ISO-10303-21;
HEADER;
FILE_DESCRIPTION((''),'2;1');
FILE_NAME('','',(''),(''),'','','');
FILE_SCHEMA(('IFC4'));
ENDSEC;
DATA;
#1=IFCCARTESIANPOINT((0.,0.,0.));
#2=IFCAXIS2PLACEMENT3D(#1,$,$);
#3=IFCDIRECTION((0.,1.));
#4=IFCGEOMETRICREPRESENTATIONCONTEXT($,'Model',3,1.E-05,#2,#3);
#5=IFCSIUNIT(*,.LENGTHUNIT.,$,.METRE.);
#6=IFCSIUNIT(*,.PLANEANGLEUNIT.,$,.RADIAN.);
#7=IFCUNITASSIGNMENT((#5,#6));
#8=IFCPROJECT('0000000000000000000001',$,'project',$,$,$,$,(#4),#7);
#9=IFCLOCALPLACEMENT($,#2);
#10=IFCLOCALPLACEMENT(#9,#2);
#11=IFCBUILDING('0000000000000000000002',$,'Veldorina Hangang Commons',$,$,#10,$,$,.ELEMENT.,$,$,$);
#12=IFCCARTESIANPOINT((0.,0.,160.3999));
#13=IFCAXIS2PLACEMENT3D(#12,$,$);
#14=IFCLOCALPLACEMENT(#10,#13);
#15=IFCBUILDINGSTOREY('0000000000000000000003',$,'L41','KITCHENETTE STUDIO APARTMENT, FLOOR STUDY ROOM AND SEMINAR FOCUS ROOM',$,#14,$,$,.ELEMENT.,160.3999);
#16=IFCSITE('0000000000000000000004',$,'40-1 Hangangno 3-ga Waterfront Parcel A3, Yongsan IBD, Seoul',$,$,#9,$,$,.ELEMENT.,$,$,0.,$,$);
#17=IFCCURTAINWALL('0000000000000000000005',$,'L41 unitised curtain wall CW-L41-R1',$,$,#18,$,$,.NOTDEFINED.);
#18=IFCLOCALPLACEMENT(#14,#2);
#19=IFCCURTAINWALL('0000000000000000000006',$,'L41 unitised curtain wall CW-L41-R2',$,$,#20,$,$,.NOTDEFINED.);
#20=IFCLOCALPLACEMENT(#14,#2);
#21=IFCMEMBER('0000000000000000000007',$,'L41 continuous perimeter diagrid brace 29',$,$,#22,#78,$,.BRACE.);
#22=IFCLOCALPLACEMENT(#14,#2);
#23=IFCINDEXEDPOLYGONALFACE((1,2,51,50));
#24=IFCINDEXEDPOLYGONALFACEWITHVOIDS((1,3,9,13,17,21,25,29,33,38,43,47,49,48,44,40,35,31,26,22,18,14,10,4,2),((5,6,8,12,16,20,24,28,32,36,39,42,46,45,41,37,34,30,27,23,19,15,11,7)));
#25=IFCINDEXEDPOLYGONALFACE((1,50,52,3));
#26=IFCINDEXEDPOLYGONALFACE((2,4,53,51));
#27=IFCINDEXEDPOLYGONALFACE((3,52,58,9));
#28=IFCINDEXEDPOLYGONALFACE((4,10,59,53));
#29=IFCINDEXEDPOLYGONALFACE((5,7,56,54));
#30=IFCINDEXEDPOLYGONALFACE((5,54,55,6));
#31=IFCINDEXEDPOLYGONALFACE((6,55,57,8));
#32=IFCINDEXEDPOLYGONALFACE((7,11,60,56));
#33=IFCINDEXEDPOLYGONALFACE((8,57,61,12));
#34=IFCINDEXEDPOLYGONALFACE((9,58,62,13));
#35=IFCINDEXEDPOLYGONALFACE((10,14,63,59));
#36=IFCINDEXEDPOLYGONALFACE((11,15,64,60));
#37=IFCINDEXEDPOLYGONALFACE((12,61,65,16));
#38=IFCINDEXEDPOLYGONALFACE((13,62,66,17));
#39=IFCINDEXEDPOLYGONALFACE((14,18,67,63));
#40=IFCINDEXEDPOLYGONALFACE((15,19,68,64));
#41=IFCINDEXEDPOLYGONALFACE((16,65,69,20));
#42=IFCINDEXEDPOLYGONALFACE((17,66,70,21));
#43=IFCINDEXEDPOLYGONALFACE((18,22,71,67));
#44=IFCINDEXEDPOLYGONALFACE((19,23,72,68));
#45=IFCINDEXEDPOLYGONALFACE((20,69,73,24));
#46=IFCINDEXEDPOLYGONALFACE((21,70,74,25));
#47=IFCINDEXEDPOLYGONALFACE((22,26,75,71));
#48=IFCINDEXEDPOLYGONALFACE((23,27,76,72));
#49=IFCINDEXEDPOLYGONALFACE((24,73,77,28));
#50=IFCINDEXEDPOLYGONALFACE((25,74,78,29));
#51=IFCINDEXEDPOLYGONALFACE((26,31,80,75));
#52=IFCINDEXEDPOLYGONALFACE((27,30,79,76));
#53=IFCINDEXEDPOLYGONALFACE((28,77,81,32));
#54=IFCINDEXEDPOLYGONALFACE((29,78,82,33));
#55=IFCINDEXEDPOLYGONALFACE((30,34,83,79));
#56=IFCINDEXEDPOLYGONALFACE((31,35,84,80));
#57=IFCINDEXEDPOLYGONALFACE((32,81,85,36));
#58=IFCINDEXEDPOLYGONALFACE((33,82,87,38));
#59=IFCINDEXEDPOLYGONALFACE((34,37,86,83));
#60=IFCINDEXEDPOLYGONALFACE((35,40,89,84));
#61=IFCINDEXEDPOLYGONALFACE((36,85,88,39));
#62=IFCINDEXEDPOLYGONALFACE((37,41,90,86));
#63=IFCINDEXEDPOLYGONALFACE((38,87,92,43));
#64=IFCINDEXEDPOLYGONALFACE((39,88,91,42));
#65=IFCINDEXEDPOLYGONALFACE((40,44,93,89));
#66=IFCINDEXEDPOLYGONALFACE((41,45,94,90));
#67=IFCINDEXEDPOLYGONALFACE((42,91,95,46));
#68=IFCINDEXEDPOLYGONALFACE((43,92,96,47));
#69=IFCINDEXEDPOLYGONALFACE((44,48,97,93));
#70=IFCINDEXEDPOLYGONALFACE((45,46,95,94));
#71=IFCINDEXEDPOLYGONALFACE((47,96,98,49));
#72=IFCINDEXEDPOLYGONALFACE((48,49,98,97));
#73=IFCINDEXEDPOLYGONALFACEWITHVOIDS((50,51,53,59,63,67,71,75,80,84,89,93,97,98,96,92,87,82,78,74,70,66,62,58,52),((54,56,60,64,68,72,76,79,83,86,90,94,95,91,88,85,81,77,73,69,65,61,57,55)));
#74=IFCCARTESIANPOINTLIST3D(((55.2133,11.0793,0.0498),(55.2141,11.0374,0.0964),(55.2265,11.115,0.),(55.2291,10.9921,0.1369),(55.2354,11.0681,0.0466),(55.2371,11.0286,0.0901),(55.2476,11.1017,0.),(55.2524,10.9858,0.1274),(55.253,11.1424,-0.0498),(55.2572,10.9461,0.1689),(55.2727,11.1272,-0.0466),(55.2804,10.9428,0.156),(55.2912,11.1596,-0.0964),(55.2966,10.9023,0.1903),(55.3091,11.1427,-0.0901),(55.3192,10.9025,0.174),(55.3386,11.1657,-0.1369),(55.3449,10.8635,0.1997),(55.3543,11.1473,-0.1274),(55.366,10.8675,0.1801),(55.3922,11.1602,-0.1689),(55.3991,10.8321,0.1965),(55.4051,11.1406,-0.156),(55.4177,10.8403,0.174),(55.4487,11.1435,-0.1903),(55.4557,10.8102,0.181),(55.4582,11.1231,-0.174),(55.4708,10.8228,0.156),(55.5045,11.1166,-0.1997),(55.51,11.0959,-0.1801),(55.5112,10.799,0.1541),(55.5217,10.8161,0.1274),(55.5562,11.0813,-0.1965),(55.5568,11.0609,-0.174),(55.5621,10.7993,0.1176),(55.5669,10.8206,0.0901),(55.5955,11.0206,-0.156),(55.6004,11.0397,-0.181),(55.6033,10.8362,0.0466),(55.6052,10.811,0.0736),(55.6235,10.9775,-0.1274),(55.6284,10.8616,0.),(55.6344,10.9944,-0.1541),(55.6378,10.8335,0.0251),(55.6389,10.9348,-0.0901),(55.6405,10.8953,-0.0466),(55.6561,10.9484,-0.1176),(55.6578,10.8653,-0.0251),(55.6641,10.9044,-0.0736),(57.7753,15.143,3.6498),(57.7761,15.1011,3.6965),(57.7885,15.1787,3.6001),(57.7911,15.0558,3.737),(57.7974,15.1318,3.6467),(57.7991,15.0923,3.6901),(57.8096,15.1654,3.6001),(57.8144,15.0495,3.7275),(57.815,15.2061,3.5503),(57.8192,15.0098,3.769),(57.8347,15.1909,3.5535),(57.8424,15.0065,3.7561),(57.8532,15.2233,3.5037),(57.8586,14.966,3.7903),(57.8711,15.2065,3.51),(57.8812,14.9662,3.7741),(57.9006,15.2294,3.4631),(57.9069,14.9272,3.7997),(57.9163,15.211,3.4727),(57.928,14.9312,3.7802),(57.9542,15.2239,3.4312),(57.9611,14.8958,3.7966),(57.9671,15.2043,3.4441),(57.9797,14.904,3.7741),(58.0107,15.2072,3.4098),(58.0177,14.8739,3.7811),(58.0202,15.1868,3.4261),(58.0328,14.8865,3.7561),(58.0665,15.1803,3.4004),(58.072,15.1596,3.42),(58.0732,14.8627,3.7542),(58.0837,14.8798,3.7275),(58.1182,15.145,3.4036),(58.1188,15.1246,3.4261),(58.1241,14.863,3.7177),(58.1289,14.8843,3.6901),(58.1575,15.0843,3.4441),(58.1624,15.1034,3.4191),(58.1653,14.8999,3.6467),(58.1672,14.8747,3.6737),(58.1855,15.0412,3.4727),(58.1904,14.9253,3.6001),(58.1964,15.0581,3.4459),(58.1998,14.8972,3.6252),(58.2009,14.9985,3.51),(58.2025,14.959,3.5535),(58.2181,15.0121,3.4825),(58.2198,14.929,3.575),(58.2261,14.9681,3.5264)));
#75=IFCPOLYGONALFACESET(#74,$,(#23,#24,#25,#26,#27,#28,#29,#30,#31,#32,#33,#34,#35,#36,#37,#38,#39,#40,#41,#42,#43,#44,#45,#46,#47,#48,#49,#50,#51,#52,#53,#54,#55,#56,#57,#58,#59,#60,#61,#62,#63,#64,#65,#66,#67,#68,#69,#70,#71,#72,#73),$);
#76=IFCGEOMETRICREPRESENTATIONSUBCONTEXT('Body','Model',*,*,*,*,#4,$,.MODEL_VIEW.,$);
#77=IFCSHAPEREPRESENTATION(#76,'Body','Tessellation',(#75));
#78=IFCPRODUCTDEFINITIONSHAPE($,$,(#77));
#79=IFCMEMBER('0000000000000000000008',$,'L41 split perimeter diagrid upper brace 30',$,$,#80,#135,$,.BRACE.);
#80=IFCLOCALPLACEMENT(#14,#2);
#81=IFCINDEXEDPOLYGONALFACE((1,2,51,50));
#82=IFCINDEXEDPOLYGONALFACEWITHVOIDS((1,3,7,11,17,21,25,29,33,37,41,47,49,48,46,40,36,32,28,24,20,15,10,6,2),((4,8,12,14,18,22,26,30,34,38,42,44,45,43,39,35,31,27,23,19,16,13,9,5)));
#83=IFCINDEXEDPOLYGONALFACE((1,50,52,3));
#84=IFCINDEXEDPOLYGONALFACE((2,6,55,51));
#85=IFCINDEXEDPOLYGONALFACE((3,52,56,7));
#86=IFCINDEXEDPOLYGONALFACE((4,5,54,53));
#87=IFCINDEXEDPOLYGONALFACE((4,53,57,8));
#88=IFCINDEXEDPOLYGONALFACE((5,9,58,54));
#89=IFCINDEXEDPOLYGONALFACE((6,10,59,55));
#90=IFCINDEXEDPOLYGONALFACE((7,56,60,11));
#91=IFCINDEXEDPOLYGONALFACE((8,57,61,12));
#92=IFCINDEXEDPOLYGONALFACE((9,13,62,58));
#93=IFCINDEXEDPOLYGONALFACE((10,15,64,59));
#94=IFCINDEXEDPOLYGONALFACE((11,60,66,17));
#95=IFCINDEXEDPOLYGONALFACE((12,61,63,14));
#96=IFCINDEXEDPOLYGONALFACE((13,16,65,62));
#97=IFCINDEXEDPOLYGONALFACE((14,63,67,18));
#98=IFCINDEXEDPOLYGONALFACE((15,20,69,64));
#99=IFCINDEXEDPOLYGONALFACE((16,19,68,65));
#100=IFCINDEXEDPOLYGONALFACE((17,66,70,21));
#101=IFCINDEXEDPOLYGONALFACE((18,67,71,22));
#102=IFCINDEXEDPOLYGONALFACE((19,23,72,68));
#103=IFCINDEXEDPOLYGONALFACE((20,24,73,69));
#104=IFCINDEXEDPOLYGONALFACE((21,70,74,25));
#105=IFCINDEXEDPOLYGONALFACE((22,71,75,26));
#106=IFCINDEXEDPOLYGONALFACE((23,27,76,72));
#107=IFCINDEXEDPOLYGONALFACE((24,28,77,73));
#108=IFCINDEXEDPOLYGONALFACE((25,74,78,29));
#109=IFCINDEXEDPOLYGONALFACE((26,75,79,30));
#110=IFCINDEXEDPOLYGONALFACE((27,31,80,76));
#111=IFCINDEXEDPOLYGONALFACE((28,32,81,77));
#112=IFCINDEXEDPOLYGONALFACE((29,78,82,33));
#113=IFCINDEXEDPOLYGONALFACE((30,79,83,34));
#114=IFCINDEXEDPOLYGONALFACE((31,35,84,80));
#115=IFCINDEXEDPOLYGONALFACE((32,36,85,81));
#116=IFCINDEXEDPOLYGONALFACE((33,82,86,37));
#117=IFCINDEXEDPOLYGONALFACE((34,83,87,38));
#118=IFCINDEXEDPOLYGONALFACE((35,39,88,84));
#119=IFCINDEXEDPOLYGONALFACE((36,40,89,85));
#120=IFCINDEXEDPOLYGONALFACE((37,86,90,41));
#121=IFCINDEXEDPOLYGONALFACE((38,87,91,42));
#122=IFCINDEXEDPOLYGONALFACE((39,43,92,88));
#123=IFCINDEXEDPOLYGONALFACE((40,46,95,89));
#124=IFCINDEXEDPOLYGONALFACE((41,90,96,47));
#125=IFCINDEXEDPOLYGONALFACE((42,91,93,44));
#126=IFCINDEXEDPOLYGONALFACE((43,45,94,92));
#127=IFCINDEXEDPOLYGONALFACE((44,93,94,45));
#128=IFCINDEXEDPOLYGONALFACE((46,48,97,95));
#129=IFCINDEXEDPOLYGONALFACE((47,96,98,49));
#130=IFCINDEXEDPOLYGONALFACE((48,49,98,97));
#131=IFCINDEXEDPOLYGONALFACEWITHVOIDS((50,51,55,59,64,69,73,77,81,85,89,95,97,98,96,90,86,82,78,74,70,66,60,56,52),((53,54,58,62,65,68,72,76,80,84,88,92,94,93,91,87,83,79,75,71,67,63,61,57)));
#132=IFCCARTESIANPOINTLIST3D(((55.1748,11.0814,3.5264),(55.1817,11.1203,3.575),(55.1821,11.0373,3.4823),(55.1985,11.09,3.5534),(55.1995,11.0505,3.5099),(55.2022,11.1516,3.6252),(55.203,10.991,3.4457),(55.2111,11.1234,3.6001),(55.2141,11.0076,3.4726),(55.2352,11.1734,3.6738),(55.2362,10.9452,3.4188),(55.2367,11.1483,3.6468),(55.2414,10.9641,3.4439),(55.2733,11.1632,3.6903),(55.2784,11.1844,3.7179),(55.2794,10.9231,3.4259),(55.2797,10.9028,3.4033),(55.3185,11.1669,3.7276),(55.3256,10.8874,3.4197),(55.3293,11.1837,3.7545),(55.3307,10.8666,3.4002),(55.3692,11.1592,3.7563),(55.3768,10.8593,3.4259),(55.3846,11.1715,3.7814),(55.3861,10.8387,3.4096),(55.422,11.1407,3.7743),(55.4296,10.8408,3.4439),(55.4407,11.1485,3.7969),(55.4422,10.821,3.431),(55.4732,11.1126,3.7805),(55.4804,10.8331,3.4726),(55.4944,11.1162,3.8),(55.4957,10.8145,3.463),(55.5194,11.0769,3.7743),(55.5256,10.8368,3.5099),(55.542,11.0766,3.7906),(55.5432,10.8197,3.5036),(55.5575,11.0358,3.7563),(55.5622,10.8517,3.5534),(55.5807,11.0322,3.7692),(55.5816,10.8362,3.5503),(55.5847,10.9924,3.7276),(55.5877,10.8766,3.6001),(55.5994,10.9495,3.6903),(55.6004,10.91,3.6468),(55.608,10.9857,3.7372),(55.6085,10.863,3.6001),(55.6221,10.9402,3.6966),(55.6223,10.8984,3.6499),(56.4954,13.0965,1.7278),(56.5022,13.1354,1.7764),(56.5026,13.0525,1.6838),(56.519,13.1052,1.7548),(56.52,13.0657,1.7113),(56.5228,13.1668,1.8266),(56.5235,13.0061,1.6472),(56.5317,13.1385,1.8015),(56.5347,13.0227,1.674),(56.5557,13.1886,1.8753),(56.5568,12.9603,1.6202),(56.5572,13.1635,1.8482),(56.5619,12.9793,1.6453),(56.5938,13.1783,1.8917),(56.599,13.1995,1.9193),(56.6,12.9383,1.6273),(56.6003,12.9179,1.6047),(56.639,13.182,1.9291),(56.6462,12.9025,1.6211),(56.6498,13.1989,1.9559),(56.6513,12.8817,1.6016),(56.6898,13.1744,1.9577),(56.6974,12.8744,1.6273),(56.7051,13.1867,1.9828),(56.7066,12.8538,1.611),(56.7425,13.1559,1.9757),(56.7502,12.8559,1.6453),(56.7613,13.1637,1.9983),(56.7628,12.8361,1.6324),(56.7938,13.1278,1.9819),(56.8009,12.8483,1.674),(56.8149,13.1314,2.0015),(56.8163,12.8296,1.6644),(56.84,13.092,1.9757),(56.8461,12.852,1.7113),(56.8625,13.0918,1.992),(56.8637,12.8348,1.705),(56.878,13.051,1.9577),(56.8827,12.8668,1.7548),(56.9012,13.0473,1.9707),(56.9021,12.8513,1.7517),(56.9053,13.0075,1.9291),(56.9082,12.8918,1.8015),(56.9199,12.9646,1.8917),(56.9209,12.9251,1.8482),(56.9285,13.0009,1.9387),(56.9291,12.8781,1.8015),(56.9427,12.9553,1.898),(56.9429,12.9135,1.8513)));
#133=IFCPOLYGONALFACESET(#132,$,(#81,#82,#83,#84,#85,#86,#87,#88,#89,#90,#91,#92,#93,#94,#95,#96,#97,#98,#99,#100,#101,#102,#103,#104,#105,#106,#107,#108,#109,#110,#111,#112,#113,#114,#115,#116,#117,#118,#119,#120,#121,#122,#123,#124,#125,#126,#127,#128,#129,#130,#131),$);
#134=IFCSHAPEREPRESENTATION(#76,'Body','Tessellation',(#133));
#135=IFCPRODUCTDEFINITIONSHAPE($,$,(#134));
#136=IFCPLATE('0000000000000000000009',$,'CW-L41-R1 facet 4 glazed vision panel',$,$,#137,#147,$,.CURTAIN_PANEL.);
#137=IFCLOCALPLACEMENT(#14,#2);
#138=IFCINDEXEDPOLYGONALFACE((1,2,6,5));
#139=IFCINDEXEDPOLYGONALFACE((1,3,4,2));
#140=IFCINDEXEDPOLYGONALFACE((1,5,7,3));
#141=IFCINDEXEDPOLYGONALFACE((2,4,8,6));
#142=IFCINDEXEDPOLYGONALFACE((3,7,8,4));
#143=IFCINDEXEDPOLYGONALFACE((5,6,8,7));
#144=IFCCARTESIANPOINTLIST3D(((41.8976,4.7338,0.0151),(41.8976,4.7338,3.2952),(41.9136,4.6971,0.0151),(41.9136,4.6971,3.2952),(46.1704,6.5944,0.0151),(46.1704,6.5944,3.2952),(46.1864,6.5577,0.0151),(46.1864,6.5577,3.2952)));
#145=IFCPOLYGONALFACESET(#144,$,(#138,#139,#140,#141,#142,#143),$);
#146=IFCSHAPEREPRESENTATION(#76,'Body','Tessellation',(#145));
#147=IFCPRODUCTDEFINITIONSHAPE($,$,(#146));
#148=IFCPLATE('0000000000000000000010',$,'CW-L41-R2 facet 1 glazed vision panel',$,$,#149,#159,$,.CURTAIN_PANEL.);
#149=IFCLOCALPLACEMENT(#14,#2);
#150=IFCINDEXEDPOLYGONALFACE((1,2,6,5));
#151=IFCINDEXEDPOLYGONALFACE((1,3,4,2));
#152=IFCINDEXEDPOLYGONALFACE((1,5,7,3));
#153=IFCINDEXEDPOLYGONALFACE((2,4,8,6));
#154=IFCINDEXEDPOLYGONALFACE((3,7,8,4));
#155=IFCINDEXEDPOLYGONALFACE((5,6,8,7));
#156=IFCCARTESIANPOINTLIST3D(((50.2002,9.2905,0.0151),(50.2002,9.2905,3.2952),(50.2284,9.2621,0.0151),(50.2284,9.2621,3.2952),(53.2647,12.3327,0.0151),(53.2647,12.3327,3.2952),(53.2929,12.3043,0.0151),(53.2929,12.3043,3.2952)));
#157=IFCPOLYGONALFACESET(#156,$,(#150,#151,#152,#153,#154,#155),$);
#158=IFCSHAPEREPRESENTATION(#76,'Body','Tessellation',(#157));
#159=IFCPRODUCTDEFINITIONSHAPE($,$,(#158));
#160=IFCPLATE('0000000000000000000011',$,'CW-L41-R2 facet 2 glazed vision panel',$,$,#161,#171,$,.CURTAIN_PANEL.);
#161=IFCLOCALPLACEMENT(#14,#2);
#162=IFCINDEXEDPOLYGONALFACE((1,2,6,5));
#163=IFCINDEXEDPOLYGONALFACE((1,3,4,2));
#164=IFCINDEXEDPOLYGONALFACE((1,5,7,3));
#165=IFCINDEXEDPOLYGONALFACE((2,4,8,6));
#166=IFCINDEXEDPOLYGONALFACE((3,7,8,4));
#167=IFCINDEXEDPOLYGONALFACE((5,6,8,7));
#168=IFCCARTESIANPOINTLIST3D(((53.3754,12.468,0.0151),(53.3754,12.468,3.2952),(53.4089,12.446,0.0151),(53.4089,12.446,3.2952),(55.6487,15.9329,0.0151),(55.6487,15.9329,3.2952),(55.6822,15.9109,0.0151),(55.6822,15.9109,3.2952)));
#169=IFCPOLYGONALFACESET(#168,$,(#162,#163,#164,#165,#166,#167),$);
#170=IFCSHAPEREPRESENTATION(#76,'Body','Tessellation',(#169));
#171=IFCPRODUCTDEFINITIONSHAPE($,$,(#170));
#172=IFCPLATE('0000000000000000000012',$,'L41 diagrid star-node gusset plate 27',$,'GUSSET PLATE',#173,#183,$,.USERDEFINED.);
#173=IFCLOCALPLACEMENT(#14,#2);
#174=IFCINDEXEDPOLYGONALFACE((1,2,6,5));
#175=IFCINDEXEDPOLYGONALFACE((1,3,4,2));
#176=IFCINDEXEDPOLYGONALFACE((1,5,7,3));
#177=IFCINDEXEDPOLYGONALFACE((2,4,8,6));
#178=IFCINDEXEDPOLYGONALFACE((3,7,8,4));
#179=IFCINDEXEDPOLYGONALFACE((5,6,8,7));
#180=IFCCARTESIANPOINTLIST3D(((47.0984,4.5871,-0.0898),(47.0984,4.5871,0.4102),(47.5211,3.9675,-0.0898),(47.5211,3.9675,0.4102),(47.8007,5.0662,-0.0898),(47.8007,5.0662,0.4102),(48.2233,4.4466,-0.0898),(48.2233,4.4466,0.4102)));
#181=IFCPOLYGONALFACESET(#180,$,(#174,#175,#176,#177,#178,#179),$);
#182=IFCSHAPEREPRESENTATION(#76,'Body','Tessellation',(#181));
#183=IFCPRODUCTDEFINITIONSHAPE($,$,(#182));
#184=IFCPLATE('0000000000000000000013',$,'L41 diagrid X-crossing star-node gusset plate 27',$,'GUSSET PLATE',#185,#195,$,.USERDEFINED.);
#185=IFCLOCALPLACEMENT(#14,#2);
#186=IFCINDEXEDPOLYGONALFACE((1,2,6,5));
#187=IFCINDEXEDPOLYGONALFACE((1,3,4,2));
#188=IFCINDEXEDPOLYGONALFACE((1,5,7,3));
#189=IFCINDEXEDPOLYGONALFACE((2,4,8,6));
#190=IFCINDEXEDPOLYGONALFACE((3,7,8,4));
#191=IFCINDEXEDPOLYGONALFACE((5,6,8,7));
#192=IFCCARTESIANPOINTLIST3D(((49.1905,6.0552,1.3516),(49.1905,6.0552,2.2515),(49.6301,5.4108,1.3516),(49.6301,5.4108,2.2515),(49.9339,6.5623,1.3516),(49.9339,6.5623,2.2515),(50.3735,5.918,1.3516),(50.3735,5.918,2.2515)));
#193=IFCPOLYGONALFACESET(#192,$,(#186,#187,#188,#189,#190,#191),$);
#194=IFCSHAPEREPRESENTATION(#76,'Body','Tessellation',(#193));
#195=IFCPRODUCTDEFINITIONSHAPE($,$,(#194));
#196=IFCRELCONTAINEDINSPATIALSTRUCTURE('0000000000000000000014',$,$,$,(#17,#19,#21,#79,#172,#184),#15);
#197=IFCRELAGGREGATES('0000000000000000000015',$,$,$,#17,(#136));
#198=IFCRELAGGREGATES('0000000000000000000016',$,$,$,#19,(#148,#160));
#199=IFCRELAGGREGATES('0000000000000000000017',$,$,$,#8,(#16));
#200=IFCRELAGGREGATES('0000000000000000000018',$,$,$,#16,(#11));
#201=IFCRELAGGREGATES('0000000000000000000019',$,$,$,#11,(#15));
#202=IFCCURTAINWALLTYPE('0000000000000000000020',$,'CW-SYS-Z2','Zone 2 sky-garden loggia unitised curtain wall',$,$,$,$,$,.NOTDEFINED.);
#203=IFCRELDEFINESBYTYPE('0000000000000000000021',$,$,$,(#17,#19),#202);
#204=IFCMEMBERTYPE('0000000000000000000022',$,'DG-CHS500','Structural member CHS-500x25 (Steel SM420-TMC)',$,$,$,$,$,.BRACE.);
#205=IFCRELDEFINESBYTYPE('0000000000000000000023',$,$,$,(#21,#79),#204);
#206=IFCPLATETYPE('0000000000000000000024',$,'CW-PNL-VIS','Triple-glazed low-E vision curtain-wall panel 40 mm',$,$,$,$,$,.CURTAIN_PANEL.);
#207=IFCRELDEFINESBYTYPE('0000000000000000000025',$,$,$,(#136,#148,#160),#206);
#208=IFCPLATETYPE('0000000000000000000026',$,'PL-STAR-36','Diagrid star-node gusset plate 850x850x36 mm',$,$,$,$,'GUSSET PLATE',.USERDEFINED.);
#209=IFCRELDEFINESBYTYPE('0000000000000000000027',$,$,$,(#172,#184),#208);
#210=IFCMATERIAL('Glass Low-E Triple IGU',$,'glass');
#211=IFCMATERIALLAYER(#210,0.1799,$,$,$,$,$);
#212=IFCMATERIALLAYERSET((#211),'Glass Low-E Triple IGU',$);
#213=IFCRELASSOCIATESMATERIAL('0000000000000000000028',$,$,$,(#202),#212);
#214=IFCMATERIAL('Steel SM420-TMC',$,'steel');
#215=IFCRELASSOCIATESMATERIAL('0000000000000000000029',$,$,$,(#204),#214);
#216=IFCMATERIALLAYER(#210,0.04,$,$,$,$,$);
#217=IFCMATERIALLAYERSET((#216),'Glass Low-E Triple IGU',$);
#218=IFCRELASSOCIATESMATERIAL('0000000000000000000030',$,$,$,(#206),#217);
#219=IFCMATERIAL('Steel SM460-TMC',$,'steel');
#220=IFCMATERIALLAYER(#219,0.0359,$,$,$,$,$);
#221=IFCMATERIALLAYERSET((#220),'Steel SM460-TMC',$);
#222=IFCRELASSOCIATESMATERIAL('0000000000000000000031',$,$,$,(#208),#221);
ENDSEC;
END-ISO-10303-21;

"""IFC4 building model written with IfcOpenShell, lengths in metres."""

from ifc_helpers import new_model, si_unit, direction, frame, origin, origin_2d, place, context, subcontext, project, spatial, rectangle, hollow_circle, extrude, material, layer, layer_set, material_profile, profile_set, type_object, element, aggregate, save


model = new_model("IFC4")

# Units and contexts
model_context = context("Model", 3, precision=1e-05, world=origin(), true_north=direction((0.0, 1.0)))
body_context = subcontext(model_context, "Body", "Model", "MODEL_VIEW")
ifc_project = project(units=[si_unit("LENGTHUNIT", "METRE"), si_unit("PLANEANGLEUNIT", "RADIAN")], contexts=[model_context])

# Site, building, storey
site_placement = place(None, origin())
site = spatial("IfcSite", under=ifc_project, at=site_placement, Name="40-1 Hangangno 3-ga Waterfront Parcel A3, Yongsan IBD, Seoul", CompositionType="ELEMENT", RefElevation=0.0)
building_placement = place(site_placement, origin())
building = spatial("IfcBuilding", under=site, at=building_placement, Name="Veldorina Hangang Commons", CompositionType="ELEMENT")
storey_placement = place(building_placement, frame((0.0, 0.0, 160.3999)))
storey = spatial("IfcBuildingStorey", under=building, at=storey_placement, Name="L41", Description="KITCHENETTE STUDIO APARTMENT, FLOOR STUDY ROOM AND SEMINAR FOCUS ROOM", CompositionType="ELEMENT", Elevation=160.3999)

# Shared definitions
ifc_material_1 = material(Name="Steel SM420-TMC", Category="steel")

# Curtain wall
ifc_material_2 = material(Name="Glass Low-E Triple IGU", Category="glass")
ifc_layer_1 = layer(ifc_material_2, 0.1799)
ifc_layer_set_1 = layer_set([ifc_layer_1], Name="Glass Low-E Triple IGU")
curtain_wall_type = type_object("IfcCurtainWallType", Name="CW-SYS-Z2", Description="Zone 2 sky-garden loggia unitised curtain wall", PredefinedType="NOTDEFINED", material=ifc_layer_set_1)
curtain_wall_1_placement = place(storey_placement, origin())
curtain_wall_1 = element("IfcCurtainWall", 1, at=curtain_wall_1_placement, inside=storey, type_object=curtain_wall_type, Name="L41 unitised curtain wall CW-L41-R1", PredefinedType="NOTDEFINED")

# Curtain wall
curtain_wall_2_placement = place(storey_placement, origin())
curtain_wall_2 = element("IfcCurtainWall", 2, at=curtain_wall_2_placement, inside=storey, type_object=curtain_wall_type, Name="L41 unitised curtain wall CW-L41-R2", PredefinedType="NOTDEFINED")

# Members
ifc_material_profile_1 = material_profile(ifc_material_1, hollow_circle(Radius=0.25, WallThickness=0.0249, at=origin_2d()), Name="CHS-500x25")
ifc_profile_set_1 = profile_set([ifc_material_profile_1], Name="Steel SM420-TMC")
member_type_1 = type_object("IfcMemberType", Name="DG-CHS500", Description="Structural member CHS-500x25 (Steel SM420-TMC)", PredefinedType="BRACE", material=ifc_profile_set_1)
member_1_placement = place(storey_placement, frame((55.438, 10.9817, 0.0), z_axis=(0.426774, 0.676926, 0.599696), x_axis=(-0.845916, 0.533316, 0.0)))
element("IfcMember", 3, at=member_1_placement, inside=storey, type_object=member_type_1, Name="L41 continuous perimeter diagrid brace 29", PredefinedType="BRACE", context=body_context, shape_type="SweptSolid", body=[
    extrude(hollow_circle(Radius=0.25, WallThickness=0.0249, at=origin_2d()), origin(), (0.0, 0.0, 1.0), 6.0032),
])
member_2_placement = place(storey_placement, frame((56.72, 13.0151, 1.8015), z_axis=(-0.439222, -0.670241, 0.598215), x_axis=(0.836405, -0.548112, 0.0)))
element("IfcMember", 4, at=member_2_placement, inside=storey, type_object=member_type_1, Name="L41 split perimeter diagrid upper brace 30", PredefinedType="BRACE", context=body_context, shape_type="SweptSolid", body=[
    extrude(hollow_circle(Radius=0.25, WallThickness=0.0249, at=origin_2d()), origin(), (0.0, 0.0, 1.0), 3.0066),
])

# Plates
ifc_layer_2 = layer(ifc_material_2, 0.04)
ifc_layer_set_2 = layer_set([ifc_layer_2], Name="Glass Low-E Triple IGU")
plate_type_1 = type_object("IfcPlateType", Name="CW-PNL-VIS", Description="Triple-glazed low-E vision curtain-wall panel 40 mm", PredefinedType="CURTAIN_PANEL", material=ifc_layer_set_2)
plate_1_placement = place(storey_placement, frame((44.042, 5.6458, 0.0151), z_axis=(0.0, 0.0, 1.0), x_axis=(0.916844, 0.399245, 0.0)))
plate_1 = element("IfcPlate", 5, at=plate_1_placement, type_object=plate_type_1, Name="CW-L41-R1 facet 4 glazed vision panel", PredefinedType="CURTAIN_PANEL", context=body_context, shape_type="SweptSolid", body=[
    extrude(rectangle(XDim=4.6604, YDim=0.04, at=origin_2d()), origin(), (0.0, 0.0, 1.0), 3.28),
])
aggregate(curtain_wall_1, [plate_1])
plate_2_placement = place(storey_placement, frame((51.7466, 10.7974, 0.0151), z_axis=(0.0, 0.0, 1.0), x_axis=(0.709681, 0.704523, 0.0)))
plate_2 = element("IfcPlate", 6, at=plate_2_placement, type_object=plate_type_1, Name="CW-L41-R2 facet 1 glazed vision panel", PredefinedType="CURTAIN_PANEL", context=body_context, shape_type="SweptSolid", body=[
    extrude(rectangle(XDim=4.3181, YDim=0.04, at=origin_2d()), origin(), (0.0, 0.0, 1.0), 3.28),
])
plate_3_placement = place(storey_placement, frame((54.5288, 14.1895, 0.0151), z_axis=(0.0, 0.0, 1.0), x_axis=(0.548571, 0.836104, 0.0)))
plate_3 = element("IfcPlate", 7, at=plate_3_placement, type_object=plate_type_1, Name="CW-L41-R2 facet 2 glazed vision panel", PredefinedType="CURTAIN_PANEL", context=body_context, shape_type="SweptSolid", body=[
    extrude(rectangle(XDim=4.144, YDim=0.04, at=origin_2d()), origin(), (0.0, 0.0, 1.0), 3.28),
])
aggregate(curtain_wall_2, [plate_2, plate_3])

# Plates
ifc_material_3 = material(Name="Steel SM460-TMC", Category="steel")
ifc_layer_3 = layer(ifc_material_3, 0.0359)
ifc_layer_set_3 = layer_set([ifc_layer_3], Name="Steel SM460-TMC")
plate_type_2 = type_object("IfcPlateType", Name="PL-STAR-36", Description="Diagrid star-node gusset plate 850x850x36 mm", ElementType="GUSSET PLATE", PredefinedType="USERDEFINED", material=ifc_layer_set_3)
plate_4_placement = place(storey_placement, frame((47.6609, 4.5168, -0.0898), z_axis=(0.0, 0.0, 1.0), x_axis=(0.826079, 0.563555, 0.0)))
element("IfcPlate", 8, at=plate_4_placement, inside=storey, type_object=plate_type_2, Name="L41 diagrid star-node gusset plate 27", ObjectType="GUSSET PLATE", PredefinedType="USERDEFINED", context=body_context, shape_type="SweptSolid", body=[
    extrude(rectangle(XDim=0.8501, YDim=0.75, at=origin_2d()), origin(), (0.0, 0.0, 1.0), 0.5),
])
plate_5_placement = place(storey_placement, frame((49.782, 5.9866, 1.3516), z_axis=(0.0, 0.0, 1.0), x_axis=(0.826079, 0.563555, 0.0)))
element("IfcPlate", 9, at=plate_5_placement, inside=storey, type_object=plate_type_2, Name="L41 diagrid X-crossing star-node gusset plate 27", ObjectType="GUSSET PLATE", PredefinedType="USERDEFINED", context=body_context, shape_type="SweptSolid", body=[
    extrude(rectangle(XDim=0.8999, YDim=0.78, at=origin_2d()), origin(), (0.0, 0.0, 1.0), 0.8999),
])

save(model, "model.ifc")
